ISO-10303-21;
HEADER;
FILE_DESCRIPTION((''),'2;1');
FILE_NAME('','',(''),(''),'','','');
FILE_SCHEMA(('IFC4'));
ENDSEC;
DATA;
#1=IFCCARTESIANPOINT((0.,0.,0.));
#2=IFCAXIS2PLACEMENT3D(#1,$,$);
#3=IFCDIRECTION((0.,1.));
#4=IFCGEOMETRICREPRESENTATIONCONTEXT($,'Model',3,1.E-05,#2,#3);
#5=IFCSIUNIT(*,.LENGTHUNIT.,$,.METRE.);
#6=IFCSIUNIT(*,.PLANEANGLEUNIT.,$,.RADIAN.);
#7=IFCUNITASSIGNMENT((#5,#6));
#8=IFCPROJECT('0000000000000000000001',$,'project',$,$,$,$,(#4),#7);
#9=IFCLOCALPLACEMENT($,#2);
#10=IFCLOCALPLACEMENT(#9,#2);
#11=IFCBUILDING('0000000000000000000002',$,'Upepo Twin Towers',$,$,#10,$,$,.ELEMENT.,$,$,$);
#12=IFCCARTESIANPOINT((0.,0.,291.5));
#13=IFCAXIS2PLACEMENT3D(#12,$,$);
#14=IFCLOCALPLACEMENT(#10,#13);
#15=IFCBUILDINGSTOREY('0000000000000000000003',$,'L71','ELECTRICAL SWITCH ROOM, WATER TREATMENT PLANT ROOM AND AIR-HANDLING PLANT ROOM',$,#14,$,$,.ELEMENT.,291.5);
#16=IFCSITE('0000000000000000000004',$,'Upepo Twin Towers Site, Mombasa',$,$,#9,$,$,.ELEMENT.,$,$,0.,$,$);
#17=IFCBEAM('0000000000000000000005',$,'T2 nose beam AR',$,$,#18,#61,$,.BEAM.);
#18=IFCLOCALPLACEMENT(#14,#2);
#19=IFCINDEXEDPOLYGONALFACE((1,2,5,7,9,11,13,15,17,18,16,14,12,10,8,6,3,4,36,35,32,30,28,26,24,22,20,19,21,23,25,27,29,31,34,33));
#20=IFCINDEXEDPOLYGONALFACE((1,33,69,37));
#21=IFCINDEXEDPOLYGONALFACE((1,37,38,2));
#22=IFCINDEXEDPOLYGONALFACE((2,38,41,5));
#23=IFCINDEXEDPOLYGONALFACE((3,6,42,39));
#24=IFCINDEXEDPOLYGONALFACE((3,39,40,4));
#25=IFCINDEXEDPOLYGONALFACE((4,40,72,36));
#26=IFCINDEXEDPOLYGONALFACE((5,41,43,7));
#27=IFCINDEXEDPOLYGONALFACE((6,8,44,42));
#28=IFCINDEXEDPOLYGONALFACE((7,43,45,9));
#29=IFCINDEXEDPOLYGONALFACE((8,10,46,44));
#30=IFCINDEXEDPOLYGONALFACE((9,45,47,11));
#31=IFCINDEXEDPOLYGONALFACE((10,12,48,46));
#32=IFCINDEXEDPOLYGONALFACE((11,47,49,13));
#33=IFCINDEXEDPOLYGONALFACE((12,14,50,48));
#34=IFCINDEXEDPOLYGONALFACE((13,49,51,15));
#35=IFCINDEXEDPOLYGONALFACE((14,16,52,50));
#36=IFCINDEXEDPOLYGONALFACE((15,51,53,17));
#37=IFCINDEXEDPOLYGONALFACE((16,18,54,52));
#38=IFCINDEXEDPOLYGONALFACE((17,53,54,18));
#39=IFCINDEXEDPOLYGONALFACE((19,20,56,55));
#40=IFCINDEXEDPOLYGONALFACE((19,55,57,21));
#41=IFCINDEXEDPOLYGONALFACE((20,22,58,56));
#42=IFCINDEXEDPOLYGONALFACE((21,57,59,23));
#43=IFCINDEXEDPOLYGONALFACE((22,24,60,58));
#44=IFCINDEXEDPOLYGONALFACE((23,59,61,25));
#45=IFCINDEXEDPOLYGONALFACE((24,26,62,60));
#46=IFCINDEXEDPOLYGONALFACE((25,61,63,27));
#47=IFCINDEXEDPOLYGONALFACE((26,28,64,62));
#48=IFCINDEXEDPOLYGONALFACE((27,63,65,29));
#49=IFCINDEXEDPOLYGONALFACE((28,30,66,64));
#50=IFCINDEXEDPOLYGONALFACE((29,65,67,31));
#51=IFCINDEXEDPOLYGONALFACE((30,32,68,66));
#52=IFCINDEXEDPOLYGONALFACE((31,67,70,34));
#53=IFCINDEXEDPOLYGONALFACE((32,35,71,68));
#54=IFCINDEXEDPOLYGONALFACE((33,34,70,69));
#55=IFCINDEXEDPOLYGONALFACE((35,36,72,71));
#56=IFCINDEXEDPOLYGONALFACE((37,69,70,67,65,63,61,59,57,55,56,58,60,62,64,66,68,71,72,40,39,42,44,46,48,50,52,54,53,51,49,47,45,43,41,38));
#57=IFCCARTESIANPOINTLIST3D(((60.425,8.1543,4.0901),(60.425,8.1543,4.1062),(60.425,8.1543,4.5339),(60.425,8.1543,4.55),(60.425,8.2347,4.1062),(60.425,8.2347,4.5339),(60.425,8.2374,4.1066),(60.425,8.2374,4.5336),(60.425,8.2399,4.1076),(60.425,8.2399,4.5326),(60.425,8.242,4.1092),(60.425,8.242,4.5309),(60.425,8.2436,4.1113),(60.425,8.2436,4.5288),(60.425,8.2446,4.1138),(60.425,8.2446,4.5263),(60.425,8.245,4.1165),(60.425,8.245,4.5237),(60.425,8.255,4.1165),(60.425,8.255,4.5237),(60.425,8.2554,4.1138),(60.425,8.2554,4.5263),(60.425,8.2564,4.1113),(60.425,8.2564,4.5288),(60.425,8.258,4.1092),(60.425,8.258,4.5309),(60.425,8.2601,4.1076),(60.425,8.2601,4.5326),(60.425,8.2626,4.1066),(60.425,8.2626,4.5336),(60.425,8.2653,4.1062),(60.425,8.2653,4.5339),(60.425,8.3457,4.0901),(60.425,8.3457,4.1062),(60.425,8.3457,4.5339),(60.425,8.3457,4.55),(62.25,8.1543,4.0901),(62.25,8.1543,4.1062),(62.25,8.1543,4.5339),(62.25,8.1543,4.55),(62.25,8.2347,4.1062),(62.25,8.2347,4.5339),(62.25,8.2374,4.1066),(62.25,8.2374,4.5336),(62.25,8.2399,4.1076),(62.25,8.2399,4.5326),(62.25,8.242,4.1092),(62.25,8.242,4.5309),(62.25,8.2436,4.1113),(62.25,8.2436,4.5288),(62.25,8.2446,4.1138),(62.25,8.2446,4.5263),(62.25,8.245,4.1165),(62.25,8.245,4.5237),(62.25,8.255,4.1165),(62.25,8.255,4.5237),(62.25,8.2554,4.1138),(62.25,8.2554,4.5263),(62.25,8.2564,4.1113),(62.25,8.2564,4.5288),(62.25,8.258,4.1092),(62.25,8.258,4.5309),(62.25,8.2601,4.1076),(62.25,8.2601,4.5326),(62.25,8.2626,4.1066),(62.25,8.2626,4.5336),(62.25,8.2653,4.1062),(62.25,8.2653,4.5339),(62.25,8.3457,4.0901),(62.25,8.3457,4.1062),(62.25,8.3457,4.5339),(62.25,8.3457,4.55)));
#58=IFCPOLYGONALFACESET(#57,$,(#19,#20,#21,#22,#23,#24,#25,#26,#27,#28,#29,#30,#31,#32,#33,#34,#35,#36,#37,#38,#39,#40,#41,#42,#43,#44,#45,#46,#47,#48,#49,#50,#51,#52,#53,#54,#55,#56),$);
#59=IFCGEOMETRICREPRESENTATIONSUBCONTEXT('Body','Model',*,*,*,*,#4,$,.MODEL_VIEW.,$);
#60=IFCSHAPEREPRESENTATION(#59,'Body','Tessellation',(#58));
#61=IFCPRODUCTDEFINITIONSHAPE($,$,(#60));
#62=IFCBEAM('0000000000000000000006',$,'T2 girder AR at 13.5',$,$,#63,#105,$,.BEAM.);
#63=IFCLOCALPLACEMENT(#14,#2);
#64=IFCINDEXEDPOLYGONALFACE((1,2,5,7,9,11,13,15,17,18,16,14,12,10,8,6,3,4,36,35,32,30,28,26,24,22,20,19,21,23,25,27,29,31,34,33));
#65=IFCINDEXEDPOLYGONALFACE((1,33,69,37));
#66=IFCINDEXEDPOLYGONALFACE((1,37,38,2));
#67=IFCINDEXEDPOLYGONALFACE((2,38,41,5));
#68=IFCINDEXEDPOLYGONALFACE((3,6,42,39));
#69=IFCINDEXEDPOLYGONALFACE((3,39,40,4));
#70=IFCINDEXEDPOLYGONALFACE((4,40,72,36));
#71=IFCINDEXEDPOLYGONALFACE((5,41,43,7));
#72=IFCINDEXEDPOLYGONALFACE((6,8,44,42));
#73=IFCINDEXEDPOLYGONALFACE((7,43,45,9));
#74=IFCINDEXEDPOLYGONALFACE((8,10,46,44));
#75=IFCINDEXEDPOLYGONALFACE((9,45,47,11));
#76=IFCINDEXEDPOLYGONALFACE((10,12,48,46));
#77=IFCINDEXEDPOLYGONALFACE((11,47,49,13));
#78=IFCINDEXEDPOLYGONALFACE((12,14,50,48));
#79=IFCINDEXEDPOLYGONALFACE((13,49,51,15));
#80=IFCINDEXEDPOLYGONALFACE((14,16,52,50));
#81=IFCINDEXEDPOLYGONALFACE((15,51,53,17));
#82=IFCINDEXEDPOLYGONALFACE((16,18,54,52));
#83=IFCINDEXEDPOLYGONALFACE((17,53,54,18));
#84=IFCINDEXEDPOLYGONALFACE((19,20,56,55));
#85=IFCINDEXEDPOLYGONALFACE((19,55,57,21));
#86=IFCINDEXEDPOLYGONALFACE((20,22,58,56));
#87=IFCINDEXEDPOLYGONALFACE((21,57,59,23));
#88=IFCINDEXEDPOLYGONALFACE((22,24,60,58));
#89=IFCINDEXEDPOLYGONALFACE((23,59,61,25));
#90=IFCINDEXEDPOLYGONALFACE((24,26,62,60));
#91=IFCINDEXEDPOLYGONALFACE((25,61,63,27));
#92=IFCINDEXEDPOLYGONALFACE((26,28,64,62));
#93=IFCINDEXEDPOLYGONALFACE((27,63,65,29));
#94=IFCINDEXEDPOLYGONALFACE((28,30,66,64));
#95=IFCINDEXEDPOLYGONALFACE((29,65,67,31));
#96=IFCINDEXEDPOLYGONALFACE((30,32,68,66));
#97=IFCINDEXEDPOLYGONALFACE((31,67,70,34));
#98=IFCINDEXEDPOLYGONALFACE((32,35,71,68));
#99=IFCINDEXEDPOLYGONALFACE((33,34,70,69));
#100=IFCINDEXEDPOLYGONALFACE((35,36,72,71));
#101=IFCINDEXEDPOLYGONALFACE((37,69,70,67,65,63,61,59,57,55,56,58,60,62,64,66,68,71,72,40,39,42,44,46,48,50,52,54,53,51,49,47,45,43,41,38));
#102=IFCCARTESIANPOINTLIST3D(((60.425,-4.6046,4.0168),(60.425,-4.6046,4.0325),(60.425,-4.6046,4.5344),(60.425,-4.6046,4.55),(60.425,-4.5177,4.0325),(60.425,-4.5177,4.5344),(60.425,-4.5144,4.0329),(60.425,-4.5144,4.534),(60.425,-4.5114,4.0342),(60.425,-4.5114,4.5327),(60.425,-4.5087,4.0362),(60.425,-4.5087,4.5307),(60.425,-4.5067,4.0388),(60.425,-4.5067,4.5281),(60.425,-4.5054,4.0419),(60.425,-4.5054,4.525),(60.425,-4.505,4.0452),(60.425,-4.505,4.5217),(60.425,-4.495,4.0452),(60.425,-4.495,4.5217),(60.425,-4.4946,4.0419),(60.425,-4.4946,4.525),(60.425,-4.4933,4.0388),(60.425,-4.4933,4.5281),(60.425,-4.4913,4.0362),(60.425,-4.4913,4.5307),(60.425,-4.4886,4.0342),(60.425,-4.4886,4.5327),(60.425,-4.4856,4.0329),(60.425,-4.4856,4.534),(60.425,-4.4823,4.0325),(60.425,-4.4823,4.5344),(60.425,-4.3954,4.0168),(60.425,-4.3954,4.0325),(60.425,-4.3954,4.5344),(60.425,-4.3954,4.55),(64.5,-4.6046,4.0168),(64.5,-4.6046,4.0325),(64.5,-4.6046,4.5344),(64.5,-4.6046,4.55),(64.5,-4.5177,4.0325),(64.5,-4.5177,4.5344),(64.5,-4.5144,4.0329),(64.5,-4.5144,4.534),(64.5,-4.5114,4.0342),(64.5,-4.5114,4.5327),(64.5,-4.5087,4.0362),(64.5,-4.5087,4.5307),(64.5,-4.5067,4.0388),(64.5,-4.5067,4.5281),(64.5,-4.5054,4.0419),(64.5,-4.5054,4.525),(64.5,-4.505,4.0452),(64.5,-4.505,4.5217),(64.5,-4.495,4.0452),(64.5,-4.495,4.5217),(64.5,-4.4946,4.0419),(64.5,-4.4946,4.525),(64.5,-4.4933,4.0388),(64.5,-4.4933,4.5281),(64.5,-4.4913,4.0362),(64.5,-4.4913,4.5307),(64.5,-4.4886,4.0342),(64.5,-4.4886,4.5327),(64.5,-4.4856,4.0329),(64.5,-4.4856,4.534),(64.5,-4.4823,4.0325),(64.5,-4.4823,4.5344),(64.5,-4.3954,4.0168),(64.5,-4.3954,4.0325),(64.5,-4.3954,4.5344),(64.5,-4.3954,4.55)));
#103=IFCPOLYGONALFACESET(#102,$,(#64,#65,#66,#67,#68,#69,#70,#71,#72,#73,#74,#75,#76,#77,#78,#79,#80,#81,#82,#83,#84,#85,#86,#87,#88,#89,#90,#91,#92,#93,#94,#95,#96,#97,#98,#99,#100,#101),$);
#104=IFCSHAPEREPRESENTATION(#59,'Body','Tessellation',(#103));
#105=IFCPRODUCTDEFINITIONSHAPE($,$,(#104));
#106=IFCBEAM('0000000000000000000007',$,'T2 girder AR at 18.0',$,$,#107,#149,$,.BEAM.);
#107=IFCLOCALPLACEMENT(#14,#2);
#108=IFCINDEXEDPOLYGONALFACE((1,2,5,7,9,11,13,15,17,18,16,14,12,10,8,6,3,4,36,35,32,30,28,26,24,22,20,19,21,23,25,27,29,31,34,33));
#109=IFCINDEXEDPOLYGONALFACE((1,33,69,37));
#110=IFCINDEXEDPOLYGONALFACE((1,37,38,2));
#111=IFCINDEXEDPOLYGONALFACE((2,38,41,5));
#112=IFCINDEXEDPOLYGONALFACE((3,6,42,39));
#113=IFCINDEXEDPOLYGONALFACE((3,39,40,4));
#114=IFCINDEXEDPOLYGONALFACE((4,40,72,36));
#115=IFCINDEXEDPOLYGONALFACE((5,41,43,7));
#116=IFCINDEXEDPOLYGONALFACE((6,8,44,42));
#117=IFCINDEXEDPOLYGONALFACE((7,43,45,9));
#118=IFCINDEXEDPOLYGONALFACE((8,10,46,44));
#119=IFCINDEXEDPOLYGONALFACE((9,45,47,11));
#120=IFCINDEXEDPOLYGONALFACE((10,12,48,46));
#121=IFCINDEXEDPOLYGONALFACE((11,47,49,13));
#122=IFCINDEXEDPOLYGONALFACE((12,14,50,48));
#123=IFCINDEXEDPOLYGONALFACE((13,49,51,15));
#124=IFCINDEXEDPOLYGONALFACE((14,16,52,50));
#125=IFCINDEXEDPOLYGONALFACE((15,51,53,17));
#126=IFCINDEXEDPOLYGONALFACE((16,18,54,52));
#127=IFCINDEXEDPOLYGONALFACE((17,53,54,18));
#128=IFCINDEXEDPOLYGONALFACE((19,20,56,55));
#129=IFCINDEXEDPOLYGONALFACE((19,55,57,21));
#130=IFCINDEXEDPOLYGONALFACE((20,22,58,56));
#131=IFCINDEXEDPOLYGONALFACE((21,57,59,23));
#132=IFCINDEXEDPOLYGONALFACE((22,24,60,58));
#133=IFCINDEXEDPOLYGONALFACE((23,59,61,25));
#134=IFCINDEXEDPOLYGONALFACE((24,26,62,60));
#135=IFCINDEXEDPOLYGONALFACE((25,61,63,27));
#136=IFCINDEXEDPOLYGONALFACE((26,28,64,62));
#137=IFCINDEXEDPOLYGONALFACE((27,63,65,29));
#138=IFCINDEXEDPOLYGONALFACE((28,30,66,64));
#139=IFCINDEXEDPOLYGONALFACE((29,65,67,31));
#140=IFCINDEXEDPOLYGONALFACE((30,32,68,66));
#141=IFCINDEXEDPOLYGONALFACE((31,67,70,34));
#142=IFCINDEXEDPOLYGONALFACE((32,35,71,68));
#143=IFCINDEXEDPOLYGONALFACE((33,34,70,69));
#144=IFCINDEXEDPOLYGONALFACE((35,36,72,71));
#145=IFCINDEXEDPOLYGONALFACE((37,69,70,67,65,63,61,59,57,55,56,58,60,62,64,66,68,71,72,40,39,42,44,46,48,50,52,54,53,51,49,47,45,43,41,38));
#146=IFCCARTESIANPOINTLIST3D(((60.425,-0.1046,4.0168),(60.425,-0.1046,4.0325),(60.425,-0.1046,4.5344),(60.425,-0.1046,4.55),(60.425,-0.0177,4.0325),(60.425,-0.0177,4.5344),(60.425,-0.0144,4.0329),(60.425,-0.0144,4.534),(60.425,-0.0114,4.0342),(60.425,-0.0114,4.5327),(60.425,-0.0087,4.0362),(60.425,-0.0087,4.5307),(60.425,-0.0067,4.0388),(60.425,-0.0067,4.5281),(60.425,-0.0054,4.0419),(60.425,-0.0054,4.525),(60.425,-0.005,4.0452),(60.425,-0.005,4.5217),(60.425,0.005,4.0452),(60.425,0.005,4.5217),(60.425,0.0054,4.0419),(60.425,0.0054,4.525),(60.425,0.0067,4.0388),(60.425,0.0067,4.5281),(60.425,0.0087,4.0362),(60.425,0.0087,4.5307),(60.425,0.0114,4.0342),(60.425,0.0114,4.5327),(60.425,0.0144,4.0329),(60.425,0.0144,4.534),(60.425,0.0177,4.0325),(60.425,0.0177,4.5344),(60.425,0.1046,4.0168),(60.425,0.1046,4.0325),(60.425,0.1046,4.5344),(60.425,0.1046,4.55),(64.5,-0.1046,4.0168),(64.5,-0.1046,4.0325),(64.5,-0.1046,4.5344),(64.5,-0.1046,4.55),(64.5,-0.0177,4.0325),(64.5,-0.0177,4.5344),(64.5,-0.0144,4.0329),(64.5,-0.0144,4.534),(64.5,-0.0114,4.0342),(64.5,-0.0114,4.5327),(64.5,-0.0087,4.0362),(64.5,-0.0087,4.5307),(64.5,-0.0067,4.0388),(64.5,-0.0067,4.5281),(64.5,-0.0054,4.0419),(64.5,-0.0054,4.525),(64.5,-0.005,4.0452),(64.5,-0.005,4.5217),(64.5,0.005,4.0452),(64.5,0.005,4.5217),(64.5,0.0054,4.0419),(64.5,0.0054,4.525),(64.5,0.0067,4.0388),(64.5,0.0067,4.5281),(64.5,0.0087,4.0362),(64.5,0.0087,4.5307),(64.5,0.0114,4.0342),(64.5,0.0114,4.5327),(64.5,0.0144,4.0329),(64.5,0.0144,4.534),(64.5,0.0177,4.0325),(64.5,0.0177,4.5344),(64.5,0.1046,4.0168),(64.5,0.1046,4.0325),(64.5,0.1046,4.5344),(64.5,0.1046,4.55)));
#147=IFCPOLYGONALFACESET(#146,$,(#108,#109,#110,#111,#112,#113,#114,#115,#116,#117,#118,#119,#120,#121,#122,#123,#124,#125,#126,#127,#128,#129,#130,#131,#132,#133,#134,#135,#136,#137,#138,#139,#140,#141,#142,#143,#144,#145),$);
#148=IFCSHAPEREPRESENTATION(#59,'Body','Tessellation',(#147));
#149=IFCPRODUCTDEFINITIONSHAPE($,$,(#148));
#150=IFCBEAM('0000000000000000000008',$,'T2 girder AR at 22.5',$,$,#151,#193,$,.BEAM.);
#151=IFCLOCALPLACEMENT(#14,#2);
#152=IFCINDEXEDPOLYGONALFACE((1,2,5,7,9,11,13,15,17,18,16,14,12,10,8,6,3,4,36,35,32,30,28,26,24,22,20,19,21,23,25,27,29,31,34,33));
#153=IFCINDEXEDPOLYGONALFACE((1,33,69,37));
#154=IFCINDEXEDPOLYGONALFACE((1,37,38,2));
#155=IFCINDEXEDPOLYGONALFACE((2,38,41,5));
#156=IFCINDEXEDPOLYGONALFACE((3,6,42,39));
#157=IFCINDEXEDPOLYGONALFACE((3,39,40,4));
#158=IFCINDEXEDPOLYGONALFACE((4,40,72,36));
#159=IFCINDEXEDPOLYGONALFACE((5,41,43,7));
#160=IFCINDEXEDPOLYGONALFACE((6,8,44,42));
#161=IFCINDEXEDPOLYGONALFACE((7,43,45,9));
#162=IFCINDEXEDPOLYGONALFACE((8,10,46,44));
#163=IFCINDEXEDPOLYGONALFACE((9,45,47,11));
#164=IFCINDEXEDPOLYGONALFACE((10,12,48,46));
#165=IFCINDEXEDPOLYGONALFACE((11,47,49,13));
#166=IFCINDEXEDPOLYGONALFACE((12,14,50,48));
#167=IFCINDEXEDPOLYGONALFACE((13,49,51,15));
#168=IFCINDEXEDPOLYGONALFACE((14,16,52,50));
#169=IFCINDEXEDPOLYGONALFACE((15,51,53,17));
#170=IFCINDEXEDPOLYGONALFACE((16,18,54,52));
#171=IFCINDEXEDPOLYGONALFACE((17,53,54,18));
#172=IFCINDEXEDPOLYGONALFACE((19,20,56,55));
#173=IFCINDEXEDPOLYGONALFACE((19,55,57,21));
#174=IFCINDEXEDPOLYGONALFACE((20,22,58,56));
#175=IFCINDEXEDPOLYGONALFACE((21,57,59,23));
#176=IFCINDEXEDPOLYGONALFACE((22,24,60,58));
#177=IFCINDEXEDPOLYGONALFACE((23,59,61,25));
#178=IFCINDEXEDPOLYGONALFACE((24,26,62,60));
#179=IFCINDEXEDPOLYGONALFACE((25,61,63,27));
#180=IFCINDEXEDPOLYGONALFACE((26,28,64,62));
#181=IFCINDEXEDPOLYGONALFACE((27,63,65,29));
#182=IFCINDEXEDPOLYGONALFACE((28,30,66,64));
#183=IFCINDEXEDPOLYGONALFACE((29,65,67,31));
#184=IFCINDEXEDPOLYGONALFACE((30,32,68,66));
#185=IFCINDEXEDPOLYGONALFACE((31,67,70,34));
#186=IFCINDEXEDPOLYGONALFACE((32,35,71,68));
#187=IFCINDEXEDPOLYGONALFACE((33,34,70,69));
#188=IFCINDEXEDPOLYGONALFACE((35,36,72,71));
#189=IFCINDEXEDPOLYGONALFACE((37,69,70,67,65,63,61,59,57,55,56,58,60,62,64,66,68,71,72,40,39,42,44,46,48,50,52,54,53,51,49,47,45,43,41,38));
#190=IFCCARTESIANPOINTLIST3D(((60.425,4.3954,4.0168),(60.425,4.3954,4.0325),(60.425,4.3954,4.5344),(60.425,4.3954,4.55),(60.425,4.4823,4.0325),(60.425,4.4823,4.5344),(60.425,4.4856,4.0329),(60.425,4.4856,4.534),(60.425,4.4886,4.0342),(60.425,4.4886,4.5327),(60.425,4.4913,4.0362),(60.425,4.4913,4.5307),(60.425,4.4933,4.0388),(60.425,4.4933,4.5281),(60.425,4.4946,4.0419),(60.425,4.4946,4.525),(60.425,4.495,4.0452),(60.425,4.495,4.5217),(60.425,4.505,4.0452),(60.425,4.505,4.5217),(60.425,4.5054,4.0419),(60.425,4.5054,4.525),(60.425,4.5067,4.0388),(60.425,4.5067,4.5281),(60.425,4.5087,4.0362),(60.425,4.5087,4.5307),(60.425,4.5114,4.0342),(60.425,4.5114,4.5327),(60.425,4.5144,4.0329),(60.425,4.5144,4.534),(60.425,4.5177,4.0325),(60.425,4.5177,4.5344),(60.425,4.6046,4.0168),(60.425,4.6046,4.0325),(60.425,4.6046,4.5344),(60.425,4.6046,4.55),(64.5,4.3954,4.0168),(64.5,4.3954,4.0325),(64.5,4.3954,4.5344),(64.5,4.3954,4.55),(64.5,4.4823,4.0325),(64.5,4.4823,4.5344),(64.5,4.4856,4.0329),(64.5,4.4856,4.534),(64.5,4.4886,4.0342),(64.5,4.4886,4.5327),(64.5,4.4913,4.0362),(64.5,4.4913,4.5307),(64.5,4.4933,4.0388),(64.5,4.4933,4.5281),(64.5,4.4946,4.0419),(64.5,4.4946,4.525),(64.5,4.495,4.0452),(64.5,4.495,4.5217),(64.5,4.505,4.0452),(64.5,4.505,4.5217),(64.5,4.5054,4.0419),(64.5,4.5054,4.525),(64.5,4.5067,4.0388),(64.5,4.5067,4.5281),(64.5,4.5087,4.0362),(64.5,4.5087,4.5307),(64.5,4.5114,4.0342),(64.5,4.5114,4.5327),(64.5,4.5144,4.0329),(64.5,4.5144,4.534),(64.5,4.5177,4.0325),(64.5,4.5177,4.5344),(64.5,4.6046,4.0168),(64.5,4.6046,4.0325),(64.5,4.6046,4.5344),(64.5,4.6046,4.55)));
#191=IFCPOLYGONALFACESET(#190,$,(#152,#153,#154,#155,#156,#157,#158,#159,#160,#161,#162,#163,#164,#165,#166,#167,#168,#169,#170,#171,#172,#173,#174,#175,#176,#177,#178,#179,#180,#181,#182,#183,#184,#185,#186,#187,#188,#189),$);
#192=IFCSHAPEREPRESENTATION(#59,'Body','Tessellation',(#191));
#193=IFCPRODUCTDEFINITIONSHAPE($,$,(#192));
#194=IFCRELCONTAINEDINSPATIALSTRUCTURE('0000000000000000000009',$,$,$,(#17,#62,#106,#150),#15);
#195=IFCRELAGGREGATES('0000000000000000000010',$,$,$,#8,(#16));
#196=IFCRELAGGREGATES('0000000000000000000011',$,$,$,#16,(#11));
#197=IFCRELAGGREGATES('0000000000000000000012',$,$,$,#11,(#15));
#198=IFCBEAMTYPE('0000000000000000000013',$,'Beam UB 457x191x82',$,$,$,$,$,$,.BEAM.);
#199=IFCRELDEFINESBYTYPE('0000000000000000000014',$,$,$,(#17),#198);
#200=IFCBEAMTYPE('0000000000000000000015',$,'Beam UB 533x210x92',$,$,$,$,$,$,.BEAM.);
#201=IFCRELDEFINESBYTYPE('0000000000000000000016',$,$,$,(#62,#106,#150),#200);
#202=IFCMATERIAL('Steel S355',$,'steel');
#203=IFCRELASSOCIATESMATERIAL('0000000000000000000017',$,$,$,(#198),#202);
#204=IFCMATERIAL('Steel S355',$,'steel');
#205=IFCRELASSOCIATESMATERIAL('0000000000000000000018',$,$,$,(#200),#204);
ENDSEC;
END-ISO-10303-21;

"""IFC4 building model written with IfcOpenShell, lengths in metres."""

from ifc_helpers import new_model, si_unit, direction, frame, origin, origin_2d, place, context, subcontext, project, spatial, i_section, extrude, material, material_profile, profile_set, type_object, element, save


model = new_model("IFC4")

# Units and contexts
model_context = context("Model", 3, precision=1e-05, world=origin(), true_north=direction((0.0, 1.0)))
body_context = subcontext(model_context, "Body", "Model", "MODEL_VIEW")
ifc_project = project(units=[si_unit("LENGTHUNIT", "METRE"), si_unit("PLANEANGLEUNIT", "RADIAN")], contexts=[model_context])

# Site, building, storey
site_placement = place(None, origin())
site = spatial("IfcSite", under=ifc_project, at=site_placement, Name="Upepo Twin Towers Site, Mombasa", CompositionType="ELEMENT", RefElevation=0.0)
building_placement = place(site_placement, origin())
building = spatial("IfcBuilding", under=site, at=building_placement, Name="Upepo Twin Towers", CompositionType="ELEMENT")
storey_placement = place(building_placement, frame((0.0, 0.0, 291.5)))
storey = spatial("IfcBuildingStorey", under=building, at=storey_placement, Name="L71", Description="ELECTRICAL SWITCH ROOM, WATER TREATMENT PLANT ROOM AND AIR-HANDLING PLANT ROOM", CompositionType="ELEMENT", Elevation=291.5)

# Beams
ifc_material_1 = material(Name="Steel S355", Category="steel")
ifc_material_profile_1 = material_profile(ifc_material_1, i_section(OverallWidth=0.1914, OverallDepth=0.46, WebThickness=0.01, FlangeThickness=0.0161, FilletRadius=0.0103, at=origin_2d()), Name="UB 457x191x82")
ifc_profile_set_1 = profile_set([ifc_material_profile_1], Name="Steel S355")
beam_type_1 = type_object("IfcBeamType", Name="Beam UB 457x191x82", PredefinedType="BEAM", material=ifc_profile_set_1)
beam_1_placement = place(storey_placement, frame((62.25, 8.25, 4.3201), z_axis=(-1.0, 0.0, 0.0), x_axis=(0.0, -1.0, 0.0)))
element("IfcBeam", 1, at=beam_1_placement, inside=storey, type_object=beam_type_1, Name="T2 nose beam AR", PredefinedType="BEAM", context=body_context, shape_type="SweptSolid", body=[
    extrude(i_section(OverallWidth=0.1914, OverallDepth=0.46, WebThickness=0.01, FlangeThickness=0.0161, FilletRadius=0.0103, at=origin_2d()), origin(), (0.0, 0.0, 1.0), 1.825),
])
ifc_material_2 = material(Name="Steel S355", Category="steel")
ifc_material_profile_2 = material_profile(ifc_material_2, i_section(OverallWidth=0.2092, OverallDepth=0.5332, WebThickness=0.01, FlangeThickness=0.0156, FilletRadius=0.0127, at=origin_2d()), Name="UB 533x210x92")
ifc_profile_set_2 = profile_set([ifc_material_profile_2], Name="Steel S355")
beam_type_2 = type_object("IfcBeamType", Name="Beam UB 533x210x92", PredefinedType="BEAM", material=ifc_profile_set_2)
for number, where, z_axis, x_axis, name in (
    (2, (64.5, -4.5, 4.2834), (-1.0, 0.0, 0.0), (0.0, -1.0, 0.0), "T2 girder AR at 13.5"),
    (3, (64.5, 0.0, 4.2834), (-1.0, 0.0, 0.0), (0.0, -1.0, 0.0), "T2 girder AR at 18.0"),
    (4, (64.5, 4.5, 4.2834), (-1.0, 0.0, 0.0), (0.0, -1.0, 0.0), "T2 girder AR at 22.5"),
):
    element("IfcBeam", number, at=place(storey_placement, frame(where, z_axis=z_axis, x_axis=x_axis)), inside=storey, type_object=beam_type_2, Name=name, PredefinedType="BEAM", context=body_context, shape_type="SweptSolid", body=[
        extrude(i_section(OverallWidth=0.2092, OverallDepth=0.5332, WebThickness=0.01, FlangeThickness=0.0156, FilletRadius=0.0127, at=origin_2d()), origin(), (0.0, 0.0, 1.0), 4.075),
    ])

save(model, "model.ifc")
